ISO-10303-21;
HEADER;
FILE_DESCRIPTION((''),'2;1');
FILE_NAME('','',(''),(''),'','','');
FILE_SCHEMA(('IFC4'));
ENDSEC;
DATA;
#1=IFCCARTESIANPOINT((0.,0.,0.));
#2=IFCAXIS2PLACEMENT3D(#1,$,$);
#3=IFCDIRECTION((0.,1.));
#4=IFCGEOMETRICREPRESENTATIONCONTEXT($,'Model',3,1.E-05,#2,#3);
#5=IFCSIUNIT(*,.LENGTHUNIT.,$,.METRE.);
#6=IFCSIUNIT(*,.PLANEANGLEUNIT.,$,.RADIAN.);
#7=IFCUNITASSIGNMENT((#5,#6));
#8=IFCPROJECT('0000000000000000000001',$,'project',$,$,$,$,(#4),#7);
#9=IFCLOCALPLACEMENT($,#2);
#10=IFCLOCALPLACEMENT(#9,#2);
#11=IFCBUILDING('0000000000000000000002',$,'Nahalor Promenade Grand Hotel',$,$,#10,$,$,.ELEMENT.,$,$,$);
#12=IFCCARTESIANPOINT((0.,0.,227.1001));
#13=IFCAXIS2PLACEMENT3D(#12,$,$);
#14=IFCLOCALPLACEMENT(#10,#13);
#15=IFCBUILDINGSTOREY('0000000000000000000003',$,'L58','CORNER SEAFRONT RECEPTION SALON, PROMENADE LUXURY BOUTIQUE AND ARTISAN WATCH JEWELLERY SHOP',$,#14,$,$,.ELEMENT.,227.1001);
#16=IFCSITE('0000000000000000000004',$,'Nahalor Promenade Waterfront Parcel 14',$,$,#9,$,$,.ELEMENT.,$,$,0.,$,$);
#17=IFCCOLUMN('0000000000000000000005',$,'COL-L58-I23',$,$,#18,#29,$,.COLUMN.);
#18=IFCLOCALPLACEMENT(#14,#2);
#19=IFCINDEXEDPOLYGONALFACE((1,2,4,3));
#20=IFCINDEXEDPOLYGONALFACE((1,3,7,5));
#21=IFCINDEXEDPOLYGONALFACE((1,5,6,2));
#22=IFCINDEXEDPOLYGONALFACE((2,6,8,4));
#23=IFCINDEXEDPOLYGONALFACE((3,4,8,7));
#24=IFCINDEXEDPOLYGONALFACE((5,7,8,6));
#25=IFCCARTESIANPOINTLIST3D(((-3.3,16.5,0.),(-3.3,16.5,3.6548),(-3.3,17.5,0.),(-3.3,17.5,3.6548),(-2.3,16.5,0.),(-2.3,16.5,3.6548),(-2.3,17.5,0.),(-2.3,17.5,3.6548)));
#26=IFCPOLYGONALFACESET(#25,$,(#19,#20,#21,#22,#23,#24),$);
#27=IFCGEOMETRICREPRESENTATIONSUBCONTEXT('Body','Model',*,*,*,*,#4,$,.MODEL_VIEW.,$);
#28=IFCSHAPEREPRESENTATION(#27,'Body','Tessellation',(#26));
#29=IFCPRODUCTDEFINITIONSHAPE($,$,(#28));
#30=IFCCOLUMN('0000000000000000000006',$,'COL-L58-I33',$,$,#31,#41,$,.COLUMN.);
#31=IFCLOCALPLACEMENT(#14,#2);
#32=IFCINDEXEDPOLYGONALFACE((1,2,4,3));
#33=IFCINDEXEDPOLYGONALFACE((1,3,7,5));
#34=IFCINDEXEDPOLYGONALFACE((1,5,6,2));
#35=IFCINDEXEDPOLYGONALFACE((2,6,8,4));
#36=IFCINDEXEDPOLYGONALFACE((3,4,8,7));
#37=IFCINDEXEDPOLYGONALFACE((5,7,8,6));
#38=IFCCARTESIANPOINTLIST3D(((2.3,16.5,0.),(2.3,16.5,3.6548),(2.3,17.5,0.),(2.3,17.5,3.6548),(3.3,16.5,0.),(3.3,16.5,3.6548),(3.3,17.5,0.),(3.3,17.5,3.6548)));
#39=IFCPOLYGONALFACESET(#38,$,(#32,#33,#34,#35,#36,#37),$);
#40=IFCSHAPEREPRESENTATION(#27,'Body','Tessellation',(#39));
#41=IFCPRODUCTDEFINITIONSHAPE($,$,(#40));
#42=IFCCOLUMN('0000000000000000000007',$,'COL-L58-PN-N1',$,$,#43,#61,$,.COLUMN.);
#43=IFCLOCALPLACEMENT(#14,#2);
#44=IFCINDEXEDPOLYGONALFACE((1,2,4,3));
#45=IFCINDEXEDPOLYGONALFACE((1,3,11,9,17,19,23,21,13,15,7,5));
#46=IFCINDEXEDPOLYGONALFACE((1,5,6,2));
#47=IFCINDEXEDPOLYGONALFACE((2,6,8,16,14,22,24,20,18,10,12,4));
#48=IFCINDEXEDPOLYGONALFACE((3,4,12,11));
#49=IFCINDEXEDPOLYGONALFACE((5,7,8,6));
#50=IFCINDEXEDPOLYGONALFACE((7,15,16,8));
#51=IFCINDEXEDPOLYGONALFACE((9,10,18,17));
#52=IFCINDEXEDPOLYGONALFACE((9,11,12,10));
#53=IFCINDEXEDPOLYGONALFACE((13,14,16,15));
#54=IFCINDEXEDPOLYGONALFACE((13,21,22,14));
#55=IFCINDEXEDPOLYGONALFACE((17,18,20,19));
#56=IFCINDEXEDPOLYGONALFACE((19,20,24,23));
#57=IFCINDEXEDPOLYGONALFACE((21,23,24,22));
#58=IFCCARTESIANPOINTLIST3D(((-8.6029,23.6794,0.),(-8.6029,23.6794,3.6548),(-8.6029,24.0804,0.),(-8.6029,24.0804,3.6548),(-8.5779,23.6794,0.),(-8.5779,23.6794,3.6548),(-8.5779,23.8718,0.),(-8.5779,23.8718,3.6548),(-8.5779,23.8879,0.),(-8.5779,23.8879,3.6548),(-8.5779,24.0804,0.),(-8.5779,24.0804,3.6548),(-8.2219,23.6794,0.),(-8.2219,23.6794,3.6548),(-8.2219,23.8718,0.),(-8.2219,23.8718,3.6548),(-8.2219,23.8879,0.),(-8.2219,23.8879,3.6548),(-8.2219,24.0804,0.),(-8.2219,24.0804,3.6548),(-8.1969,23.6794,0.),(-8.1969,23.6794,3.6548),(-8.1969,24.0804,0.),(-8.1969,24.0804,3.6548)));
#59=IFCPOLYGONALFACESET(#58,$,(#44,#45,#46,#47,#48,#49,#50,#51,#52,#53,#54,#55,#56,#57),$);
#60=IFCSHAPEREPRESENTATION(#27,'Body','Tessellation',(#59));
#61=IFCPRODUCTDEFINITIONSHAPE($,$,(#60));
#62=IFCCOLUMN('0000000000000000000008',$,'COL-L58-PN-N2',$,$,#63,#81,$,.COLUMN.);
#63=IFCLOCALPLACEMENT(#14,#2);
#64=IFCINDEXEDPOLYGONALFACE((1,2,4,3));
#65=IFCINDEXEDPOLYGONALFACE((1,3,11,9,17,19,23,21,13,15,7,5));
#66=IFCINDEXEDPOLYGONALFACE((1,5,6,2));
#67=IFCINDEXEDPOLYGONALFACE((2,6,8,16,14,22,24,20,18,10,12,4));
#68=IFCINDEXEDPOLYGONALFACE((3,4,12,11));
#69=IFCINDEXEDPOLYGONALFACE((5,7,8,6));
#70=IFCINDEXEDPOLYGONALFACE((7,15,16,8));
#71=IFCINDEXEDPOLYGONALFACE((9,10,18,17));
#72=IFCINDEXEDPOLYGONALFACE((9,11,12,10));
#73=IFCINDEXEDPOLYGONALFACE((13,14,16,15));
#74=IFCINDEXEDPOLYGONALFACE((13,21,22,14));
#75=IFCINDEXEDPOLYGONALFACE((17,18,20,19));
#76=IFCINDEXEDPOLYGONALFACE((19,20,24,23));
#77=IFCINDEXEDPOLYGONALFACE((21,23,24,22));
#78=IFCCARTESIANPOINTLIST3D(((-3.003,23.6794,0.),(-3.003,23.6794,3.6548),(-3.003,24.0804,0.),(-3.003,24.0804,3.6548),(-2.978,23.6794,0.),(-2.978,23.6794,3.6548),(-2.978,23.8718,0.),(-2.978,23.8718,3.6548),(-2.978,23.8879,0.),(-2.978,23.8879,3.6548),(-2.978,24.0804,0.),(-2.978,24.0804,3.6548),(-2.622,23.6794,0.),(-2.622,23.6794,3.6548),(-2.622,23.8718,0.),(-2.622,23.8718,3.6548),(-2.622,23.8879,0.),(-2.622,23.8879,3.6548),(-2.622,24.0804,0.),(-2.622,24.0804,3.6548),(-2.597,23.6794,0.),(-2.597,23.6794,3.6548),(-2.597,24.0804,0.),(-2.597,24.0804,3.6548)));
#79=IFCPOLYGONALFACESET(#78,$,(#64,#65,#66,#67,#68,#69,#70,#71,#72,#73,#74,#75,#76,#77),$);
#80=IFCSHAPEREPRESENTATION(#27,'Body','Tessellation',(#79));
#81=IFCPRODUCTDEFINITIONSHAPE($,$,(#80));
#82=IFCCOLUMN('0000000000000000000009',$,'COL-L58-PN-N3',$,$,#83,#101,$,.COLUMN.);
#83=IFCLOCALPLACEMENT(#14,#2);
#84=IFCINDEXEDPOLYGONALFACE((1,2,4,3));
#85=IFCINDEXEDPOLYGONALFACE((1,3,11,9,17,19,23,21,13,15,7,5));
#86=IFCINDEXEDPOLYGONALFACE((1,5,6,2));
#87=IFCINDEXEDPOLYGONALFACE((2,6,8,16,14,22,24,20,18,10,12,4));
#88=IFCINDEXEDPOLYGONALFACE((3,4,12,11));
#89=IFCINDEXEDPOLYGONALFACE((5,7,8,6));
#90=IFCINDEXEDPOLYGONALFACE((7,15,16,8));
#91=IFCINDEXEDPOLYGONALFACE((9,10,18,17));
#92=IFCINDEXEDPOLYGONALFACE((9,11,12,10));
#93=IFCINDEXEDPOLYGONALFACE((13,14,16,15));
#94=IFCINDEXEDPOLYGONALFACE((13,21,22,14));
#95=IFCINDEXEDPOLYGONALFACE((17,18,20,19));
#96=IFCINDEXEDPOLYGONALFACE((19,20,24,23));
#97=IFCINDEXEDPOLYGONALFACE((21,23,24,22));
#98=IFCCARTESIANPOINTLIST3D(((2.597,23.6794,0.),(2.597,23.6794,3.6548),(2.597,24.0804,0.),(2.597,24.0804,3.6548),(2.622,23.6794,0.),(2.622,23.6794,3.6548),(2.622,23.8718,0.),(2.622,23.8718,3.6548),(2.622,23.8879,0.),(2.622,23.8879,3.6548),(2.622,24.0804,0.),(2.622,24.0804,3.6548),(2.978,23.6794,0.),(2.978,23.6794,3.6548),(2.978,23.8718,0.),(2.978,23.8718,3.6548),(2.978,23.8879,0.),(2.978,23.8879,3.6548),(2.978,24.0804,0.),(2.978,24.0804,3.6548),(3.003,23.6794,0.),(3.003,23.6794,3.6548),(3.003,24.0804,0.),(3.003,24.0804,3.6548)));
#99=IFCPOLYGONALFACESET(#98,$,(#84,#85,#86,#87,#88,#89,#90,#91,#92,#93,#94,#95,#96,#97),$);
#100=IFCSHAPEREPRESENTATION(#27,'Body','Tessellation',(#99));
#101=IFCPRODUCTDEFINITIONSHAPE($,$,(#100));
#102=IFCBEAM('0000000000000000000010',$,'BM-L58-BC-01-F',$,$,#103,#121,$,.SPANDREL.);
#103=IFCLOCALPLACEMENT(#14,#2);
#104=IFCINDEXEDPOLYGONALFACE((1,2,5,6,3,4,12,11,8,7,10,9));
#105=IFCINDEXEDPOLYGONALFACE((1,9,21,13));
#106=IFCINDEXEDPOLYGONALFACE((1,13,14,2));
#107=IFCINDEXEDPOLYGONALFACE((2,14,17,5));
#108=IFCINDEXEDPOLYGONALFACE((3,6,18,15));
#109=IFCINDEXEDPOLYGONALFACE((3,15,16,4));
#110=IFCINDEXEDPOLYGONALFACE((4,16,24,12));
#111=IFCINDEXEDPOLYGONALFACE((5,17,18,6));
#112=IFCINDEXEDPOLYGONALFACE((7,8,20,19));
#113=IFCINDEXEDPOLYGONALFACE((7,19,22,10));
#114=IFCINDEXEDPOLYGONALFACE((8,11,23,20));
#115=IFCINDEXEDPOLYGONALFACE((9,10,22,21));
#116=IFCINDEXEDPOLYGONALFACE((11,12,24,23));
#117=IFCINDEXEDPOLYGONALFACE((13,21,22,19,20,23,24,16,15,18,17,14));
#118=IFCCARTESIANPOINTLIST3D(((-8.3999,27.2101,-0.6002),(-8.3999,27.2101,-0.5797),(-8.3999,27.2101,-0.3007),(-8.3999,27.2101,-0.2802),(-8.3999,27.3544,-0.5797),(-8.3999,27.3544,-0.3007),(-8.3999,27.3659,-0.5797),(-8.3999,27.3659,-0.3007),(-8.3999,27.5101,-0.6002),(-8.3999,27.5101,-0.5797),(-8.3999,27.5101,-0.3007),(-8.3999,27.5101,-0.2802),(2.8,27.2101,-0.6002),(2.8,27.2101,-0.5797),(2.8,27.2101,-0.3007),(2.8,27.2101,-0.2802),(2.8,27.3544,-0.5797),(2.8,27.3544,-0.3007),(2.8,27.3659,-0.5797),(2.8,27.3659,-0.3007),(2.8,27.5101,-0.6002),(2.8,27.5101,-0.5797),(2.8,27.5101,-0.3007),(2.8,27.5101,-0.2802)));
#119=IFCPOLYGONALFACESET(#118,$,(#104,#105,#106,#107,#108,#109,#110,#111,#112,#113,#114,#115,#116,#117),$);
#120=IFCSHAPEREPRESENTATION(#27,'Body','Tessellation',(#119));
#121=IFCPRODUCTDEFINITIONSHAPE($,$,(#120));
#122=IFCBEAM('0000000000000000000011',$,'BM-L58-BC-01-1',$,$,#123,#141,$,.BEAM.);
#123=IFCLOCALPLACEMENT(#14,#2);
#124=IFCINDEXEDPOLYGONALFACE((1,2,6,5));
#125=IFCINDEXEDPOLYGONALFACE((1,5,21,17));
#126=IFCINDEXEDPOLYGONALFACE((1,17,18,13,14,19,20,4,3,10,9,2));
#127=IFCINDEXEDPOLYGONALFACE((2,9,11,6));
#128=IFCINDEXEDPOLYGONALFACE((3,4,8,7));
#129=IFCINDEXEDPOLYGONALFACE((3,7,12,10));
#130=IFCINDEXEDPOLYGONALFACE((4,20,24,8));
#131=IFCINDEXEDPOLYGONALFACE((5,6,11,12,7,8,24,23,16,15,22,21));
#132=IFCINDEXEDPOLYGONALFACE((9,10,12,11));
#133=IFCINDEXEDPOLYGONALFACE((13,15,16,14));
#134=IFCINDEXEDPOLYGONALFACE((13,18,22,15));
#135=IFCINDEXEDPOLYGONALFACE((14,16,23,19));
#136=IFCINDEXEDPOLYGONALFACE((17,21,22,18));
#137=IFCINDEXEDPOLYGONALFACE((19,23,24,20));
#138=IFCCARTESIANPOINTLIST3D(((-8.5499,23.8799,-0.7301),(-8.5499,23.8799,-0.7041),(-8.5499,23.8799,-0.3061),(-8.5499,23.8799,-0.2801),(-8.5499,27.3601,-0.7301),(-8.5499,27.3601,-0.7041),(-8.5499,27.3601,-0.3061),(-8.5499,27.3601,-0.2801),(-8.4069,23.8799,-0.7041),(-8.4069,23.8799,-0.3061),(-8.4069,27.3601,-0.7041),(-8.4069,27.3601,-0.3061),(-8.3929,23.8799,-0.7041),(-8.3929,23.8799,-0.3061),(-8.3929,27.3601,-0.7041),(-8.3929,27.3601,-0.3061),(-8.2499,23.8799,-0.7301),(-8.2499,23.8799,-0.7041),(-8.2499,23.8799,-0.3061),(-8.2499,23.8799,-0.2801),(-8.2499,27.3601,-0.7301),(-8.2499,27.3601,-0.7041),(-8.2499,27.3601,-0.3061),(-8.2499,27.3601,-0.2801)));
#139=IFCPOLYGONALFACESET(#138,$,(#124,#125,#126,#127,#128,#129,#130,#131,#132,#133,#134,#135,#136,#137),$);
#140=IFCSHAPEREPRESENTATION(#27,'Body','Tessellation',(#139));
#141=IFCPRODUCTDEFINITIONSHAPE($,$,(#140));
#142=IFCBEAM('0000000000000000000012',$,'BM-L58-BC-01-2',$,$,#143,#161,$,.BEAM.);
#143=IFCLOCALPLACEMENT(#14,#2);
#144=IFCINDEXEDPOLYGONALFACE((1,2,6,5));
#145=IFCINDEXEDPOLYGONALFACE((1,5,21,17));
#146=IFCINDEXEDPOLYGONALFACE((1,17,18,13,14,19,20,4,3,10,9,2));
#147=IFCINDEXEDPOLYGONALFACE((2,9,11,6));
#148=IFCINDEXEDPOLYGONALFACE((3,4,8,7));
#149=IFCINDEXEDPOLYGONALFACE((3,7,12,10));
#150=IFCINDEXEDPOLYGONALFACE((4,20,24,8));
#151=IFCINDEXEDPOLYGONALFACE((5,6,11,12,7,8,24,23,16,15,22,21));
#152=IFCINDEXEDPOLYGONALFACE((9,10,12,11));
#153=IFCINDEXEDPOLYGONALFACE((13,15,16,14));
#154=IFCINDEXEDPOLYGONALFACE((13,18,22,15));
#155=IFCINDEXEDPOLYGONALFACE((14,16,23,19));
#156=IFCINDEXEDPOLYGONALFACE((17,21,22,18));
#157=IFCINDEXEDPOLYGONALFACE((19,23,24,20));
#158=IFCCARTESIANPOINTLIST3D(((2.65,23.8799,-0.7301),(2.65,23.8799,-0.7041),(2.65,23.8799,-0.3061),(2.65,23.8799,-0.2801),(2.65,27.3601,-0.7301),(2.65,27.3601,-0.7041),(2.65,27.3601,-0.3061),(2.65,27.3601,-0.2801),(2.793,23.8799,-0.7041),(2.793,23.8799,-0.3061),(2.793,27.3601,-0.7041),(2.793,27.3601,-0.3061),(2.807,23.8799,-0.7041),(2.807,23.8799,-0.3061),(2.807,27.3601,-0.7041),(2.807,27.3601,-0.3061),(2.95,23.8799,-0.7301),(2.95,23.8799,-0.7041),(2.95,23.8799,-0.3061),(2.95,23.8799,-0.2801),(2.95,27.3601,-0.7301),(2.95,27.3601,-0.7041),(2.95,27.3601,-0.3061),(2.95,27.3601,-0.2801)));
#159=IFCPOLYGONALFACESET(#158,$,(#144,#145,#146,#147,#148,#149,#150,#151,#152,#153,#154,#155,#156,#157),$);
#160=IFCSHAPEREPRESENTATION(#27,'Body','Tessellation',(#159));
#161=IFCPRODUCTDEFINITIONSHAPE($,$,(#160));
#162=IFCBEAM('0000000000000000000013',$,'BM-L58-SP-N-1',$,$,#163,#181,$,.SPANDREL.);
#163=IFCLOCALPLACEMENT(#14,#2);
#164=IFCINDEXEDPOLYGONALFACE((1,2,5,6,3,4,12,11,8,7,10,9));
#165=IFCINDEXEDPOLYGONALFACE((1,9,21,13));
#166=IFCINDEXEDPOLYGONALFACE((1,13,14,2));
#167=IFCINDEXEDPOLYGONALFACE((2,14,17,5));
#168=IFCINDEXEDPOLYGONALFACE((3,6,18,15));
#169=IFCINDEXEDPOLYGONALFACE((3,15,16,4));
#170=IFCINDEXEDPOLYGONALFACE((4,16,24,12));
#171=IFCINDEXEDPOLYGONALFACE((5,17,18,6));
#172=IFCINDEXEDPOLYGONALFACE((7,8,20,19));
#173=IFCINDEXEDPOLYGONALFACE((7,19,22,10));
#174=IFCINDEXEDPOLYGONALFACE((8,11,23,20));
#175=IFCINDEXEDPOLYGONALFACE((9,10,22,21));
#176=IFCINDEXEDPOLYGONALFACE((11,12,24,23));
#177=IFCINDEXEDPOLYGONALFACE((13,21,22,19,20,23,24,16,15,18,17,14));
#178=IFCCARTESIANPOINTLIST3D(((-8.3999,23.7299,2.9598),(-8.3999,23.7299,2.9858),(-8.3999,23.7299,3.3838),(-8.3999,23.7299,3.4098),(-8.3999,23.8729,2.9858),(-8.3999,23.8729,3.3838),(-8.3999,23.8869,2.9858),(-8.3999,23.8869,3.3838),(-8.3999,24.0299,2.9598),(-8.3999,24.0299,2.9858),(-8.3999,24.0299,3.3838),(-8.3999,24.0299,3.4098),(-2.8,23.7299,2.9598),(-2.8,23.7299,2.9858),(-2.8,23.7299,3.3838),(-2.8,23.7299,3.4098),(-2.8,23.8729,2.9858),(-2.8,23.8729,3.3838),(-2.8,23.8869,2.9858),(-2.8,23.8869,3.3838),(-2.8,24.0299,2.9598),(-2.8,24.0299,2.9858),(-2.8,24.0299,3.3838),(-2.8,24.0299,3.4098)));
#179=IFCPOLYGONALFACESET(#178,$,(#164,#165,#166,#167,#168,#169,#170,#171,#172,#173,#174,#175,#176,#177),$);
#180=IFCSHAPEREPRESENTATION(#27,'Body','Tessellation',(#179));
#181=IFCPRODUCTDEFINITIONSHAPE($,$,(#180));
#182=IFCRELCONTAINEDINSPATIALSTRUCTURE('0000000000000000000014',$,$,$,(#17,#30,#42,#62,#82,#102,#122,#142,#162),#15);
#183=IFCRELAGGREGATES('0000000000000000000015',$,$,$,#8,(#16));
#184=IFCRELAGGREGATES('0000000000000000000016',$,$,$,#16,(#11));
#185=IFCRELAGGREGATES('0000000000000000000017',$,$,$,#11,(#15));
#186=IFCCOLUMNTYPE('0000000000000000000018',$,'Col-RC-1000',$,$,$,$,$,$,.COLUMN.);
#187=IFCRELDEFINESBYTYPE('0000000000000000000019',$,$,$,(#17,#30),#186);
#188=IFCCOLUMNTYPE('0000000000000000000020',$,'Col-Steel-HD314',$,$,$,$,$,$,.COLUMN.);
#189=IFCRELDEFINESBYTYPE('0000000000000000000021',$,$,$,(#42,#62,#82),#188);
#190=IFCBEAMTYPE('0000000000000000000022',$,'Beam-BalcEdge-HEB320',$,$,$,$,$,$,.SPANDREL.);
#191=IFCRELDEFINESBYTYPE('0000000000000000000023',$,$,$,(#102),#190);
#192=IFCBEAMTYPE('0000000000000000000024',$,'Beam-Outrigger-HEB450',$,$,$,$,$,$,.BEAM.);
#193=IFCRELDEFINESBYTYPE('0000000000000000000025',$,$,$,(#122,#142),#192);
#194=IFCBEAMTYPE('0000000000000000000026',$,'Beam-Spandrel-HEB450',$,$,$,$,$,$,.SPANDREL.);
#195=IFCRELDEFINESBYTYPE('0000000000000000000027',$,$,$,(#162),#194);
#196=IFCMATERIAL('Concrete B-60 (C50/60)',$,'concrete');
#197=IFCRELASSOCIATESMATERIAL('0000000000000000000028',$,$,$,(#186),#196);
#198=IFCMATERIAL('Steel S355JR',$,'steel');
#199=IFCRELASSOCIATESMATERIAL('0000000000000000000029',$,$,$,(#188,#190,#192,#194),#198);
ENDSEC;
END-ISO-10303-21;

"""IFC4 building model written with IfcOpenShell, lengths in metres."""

from ifc_helpers import new_model, si_unit, direction, frame, origin, origin_2d, place, context, subcontext, project, spatial, rectangle, i_section, extrude, source, transform, mapped, material, material_profile, profile_set, type_object, element, save


model = new_model("IFC4")

# Units and contexts
model_context = context("Model", 3, precision=1e-05, world=origin(), true_north=direction((0.0, 1.0)))
body_context = subcontext(model_context, "Body", "Model", "MODEL_VIEW")
ifc_project = project(units=[si_unit("LENGTHUNIT", "METRE"), si_unit("PLANEANGLEUNIT", "RADIAN")], contexts=[model_context])

# Site, building, storey
site_placement = place(None, origin())
site = spatial("IfcSite", under=ifc_project, at=site_placement, Name="Nahalor Promenade Waterfront Parcel 14", CompositionType="ELEMENT", RefElevation=0.0)
building_placement = place(site_placement, origin())
building = spatial("IfcBuilding", under=site, at=building_placement, Name="Nahalor Promenade Grand Hotel", CompositionType="ELEMENT")
storey_placement = place(building_placement, frame((0.0, 0.0, 227.1001)))
storey = spatial("IfcBuildingStorey", under=building, at=storey_placement, Name="L58", Description="CORNER SEAFRONT RECEPTION SALON, PROMENADE LUXURY BOUTIQUE AND ARTISAN WATCH JEWELLERY SHOP", CompositionType="ELEMENT", Elevation=227.1001)

# Columns
ifc_material_1 = material(Name="Concrete B-60 (C50/60)", Category="concrete")
ifc_material_profile_1 = material_profile(ifc_material_1, rectangle(XDim=1.0, YDim=1.0, at=origin_2d()), Name="RC 1000x1000")
ifc_profile_set_1 = profile_set([ifc_material_profile_1], Name="Concrete B-60 (C50/60)")
column_type_1 = type_object("IfcColumnType", Name="Col-RC-1000", PredefinedType="COLUMN", material=ifc_profile_set_1)
shared_shape_1 = source(origin(), body_context, "Body", "SweptSolid", [
    extrude(rectangle(XDim=1.0, YDim=1.0, at=origin_2d()), origin(), (0.0, 0.0, 1.0), 3.6548),
])
for number, where, z_axis, x_axis, name in (
    (1, (-2.8, 17.0, 0.0), (0.0, 0.0, 1.0), (1.0, 0.0, 0.0), "COL-L58-I23"),
    (2, (2.8, 17.0, 0.0), (0.0, 0.0, 1.0), (1.0, 0.0, 0.0), "COL-L58-I33"),
):
    element("IfcColumn", number, at=place(storey_placement, frame(where, z_axis=z_axis, x_axis=x_axis)), inside=storey, type_object=column_type_1, Name=name, PredefinedType="COLUMN", context=body_context, shape_type="MappedRepresentation", body=[
        mapped(shared_shape_1, transform((0.0, 0.0, 0.0), scale=1.0)),
    ])
ifc_material_2 = material(Name="Steel S355JR", Category="steel")
ifc_material_profile_2 = material_profile(ifc_material_2, i_section(OverallWidth=0.401, OverallDepth=0.406, WebThickness=0.0161, FlangeThickness=0.025, at=origin_2d()), Name="HD 400x314")
ifc_profile_set_2 = profile_set([ifc_material_profile_2], Name="Steel S355JR")
column_type_2 = type_object("IfcColumnType", Name="Col-Steel-HD314", PredefinedType="COLUMN", material=ifc_profile_set_2)
shared_shape_2 = source(origin(), body_context, "Body", "SweptSolid", [
    extrude(i_section(OverallWidth=0.401, OverallDepth=0.406, WebThickness=0.0161, FlangeThickness=0.025, at=origin_2d()), origin(), (0.0, 0.0, 1.0), 3.6548),
])
for number, where, z_axis, x_axis, name in (
    (3, (-8.3999, 23.8799, 0.0), (0.0, 0.0, 1.0), (0.0, 1.0, 0.0), "COL-L58-PN-N1"),
    (4, (-2.8, 23.8799, 0.0), (0.0, 0.0, 1.0), (0.0, 1.0, 0.0), "COL-L58-PN-N2"),
    (5, (2.8, 23.8799, 0.0), (0.0, 0.0, 1.0), (0.0, 1.0, 0.0), "COL-L58-PN-N3"),
):
    element("IfcColumn", number, at=place(storey_placement, frame(where, z_axis=z_axis, x_axis=x_axis)), inside=storey, type_object=column_type_2, Name=name, PredefinedType="COLUMN", context=body_context, shape_type="MappedRepresentation", body=[
        mapped(shared_shape_2, transform((0.0, 0.0, 0.0), scale=1.0)),
    ])

# Beams
ifc_material_profile_3 = material_profile(ifc_material_2, i_section(OverallWidth=0.3, OverallDepth=0.32, WebThickness=0.0115, FlangeThickness=0.0205, at=origin_2d()), Name="HEB 320")
ifc_profile_set_3 = profile_set([ifc_material_profile_3], Name="Steel S355JR")
beam_type_1 = type_object("IfcBeamType", Name="Beam-BalcEdge-HEB320", PredefinedType="SPANDREL", material=ifc_profile_set_3)
shared_shape_3 = source(origin(), body_context, "Body", "SweptSolid", [
    extrude(i_section(OverallWidth=0.3, OverallDepth=0.32, WebThickness=0.0115, FlangeThickness=0.0205, at=origin_2d()), origin(), (0.0, 0.0, 1.0), 11.2),
])
beam_1_placement = place(storey_placement, frame((-8.3999, 27.3601, -0.4402), z_axis=(1.0, 0.0, 0.0), x_axis=(0.0, 1.0, 0.0)))
element("IfcBeam", 6, at=beam_1_placement, inside=storey, type_object=beam_type_1, Name="BM-L58-BC-01-F", PredefinedType="SPANDREL", context=body_context, shape_type="MappedRepresentation", body=[
    mapped(shared_shape_3, transform((0.0, 0.0, 0.0), scale=1.0)),
])
ifc_material_profile_4 = material_profile(ifc_material_2, i_section(OverallWidth=0.3, OverallDepth=0.45, WebThickness=0.014, FlangeThickness=0.026, at=origin_2d()), Name="HEB 450")
ifc_profile_set_4 = profile_set([ifc_material_profile_4], Name="Steel S355JR")
beam_type_2 = type_object("IfcBeamType", Name="Beam-Outrigger-HEB450", PredefinedType="BEAM", material=ifc_profile_set_4)
shared_shape_4 = source(origin(), body_context, "Body", "SweptSolid", [
    extrude(i_section(OverallWidth=0.3, OverallDepth=0.45, WebThickness=0.014, FlangeThickness=0.026, at=origin_2d()), origin(), (0.0, 0.0, 1.0), 3.4802),
])
for number, where, z_axis, x_axis, name in (
    (7, (-8.3999, 23.8799, -0.5051), (0.0, 1.0, 0.0), (-1.0, 0.0, 0.0), "BM-L58-BC-01-1"),
    (8, (2.8, 23.8799, -0.5051), (0.0, 1.0, 0.0), (-1.0, 0.0, 0.0), "BM-L58-BC-01-2"),
):
    element("IfcBeam", number, at=place(storey_placement, frame(where, z_axis=z_axis, x_axis=x_axis)), inside=storey, type_object=beam_type_2, Name=name, PredefinedType="BEAM", context=body_context, shape_type="MappedRepresentation", body=[
        mapped(shared_shape_4, transform((0.0, 0.0, 0.0), scale=1.0)),
    ])
ifc_material_profile_5 = material_profile(ifc_material_2, i_section(OverallWidth=0.3, OverallDepth=0.45, WebThickness=0.014, FlangeThickness=0.026, at=origin_2d()), Name="HEB 450")
ifc_profile_set_5 = profile_set([ifc_material_profile_5], Name="Steel S355JR")
beam_type_3 = type_object("IfcBeamType", Name="Beam-Spandrel-HEB450", PredefinedType="SPANDREL", material=ifc_profile_set_5)
shared_shape_5 = source(origin(), body_context, "Body", "SweptSolid", [
    extrude(i_section(OverallWidth=0.3, OverallDepth=0.45, WebThickness=0.014, FlangeThickness=0.026, at=origin_2d()), origin(), (0.0, 0.0, 1.0), 5.5999),
])
for number, where, z_axis, x_axis, name in (
    (9, (-8.3999, 23.8799, 3.1848), (1.0, 0.0, 0.0), (0.0, 1.0, 0.0), "BM-L58-SP-N-1"),
):
    element("IfcBeam", number, at=place(storey_placement, frame(where, z_axis=z_axis, x_axis=x_axis)), inside=storey, type_object=beam_type_3, Name=name, PredefinedType="SPANDREL", context=body_context, shape_type="MappedRepresentation", body=[
        mapped(shared_shape_5, transform((0.0, 0.0, 0.0), scale=1.0)),
    ])

save(model, "model.ifc")
